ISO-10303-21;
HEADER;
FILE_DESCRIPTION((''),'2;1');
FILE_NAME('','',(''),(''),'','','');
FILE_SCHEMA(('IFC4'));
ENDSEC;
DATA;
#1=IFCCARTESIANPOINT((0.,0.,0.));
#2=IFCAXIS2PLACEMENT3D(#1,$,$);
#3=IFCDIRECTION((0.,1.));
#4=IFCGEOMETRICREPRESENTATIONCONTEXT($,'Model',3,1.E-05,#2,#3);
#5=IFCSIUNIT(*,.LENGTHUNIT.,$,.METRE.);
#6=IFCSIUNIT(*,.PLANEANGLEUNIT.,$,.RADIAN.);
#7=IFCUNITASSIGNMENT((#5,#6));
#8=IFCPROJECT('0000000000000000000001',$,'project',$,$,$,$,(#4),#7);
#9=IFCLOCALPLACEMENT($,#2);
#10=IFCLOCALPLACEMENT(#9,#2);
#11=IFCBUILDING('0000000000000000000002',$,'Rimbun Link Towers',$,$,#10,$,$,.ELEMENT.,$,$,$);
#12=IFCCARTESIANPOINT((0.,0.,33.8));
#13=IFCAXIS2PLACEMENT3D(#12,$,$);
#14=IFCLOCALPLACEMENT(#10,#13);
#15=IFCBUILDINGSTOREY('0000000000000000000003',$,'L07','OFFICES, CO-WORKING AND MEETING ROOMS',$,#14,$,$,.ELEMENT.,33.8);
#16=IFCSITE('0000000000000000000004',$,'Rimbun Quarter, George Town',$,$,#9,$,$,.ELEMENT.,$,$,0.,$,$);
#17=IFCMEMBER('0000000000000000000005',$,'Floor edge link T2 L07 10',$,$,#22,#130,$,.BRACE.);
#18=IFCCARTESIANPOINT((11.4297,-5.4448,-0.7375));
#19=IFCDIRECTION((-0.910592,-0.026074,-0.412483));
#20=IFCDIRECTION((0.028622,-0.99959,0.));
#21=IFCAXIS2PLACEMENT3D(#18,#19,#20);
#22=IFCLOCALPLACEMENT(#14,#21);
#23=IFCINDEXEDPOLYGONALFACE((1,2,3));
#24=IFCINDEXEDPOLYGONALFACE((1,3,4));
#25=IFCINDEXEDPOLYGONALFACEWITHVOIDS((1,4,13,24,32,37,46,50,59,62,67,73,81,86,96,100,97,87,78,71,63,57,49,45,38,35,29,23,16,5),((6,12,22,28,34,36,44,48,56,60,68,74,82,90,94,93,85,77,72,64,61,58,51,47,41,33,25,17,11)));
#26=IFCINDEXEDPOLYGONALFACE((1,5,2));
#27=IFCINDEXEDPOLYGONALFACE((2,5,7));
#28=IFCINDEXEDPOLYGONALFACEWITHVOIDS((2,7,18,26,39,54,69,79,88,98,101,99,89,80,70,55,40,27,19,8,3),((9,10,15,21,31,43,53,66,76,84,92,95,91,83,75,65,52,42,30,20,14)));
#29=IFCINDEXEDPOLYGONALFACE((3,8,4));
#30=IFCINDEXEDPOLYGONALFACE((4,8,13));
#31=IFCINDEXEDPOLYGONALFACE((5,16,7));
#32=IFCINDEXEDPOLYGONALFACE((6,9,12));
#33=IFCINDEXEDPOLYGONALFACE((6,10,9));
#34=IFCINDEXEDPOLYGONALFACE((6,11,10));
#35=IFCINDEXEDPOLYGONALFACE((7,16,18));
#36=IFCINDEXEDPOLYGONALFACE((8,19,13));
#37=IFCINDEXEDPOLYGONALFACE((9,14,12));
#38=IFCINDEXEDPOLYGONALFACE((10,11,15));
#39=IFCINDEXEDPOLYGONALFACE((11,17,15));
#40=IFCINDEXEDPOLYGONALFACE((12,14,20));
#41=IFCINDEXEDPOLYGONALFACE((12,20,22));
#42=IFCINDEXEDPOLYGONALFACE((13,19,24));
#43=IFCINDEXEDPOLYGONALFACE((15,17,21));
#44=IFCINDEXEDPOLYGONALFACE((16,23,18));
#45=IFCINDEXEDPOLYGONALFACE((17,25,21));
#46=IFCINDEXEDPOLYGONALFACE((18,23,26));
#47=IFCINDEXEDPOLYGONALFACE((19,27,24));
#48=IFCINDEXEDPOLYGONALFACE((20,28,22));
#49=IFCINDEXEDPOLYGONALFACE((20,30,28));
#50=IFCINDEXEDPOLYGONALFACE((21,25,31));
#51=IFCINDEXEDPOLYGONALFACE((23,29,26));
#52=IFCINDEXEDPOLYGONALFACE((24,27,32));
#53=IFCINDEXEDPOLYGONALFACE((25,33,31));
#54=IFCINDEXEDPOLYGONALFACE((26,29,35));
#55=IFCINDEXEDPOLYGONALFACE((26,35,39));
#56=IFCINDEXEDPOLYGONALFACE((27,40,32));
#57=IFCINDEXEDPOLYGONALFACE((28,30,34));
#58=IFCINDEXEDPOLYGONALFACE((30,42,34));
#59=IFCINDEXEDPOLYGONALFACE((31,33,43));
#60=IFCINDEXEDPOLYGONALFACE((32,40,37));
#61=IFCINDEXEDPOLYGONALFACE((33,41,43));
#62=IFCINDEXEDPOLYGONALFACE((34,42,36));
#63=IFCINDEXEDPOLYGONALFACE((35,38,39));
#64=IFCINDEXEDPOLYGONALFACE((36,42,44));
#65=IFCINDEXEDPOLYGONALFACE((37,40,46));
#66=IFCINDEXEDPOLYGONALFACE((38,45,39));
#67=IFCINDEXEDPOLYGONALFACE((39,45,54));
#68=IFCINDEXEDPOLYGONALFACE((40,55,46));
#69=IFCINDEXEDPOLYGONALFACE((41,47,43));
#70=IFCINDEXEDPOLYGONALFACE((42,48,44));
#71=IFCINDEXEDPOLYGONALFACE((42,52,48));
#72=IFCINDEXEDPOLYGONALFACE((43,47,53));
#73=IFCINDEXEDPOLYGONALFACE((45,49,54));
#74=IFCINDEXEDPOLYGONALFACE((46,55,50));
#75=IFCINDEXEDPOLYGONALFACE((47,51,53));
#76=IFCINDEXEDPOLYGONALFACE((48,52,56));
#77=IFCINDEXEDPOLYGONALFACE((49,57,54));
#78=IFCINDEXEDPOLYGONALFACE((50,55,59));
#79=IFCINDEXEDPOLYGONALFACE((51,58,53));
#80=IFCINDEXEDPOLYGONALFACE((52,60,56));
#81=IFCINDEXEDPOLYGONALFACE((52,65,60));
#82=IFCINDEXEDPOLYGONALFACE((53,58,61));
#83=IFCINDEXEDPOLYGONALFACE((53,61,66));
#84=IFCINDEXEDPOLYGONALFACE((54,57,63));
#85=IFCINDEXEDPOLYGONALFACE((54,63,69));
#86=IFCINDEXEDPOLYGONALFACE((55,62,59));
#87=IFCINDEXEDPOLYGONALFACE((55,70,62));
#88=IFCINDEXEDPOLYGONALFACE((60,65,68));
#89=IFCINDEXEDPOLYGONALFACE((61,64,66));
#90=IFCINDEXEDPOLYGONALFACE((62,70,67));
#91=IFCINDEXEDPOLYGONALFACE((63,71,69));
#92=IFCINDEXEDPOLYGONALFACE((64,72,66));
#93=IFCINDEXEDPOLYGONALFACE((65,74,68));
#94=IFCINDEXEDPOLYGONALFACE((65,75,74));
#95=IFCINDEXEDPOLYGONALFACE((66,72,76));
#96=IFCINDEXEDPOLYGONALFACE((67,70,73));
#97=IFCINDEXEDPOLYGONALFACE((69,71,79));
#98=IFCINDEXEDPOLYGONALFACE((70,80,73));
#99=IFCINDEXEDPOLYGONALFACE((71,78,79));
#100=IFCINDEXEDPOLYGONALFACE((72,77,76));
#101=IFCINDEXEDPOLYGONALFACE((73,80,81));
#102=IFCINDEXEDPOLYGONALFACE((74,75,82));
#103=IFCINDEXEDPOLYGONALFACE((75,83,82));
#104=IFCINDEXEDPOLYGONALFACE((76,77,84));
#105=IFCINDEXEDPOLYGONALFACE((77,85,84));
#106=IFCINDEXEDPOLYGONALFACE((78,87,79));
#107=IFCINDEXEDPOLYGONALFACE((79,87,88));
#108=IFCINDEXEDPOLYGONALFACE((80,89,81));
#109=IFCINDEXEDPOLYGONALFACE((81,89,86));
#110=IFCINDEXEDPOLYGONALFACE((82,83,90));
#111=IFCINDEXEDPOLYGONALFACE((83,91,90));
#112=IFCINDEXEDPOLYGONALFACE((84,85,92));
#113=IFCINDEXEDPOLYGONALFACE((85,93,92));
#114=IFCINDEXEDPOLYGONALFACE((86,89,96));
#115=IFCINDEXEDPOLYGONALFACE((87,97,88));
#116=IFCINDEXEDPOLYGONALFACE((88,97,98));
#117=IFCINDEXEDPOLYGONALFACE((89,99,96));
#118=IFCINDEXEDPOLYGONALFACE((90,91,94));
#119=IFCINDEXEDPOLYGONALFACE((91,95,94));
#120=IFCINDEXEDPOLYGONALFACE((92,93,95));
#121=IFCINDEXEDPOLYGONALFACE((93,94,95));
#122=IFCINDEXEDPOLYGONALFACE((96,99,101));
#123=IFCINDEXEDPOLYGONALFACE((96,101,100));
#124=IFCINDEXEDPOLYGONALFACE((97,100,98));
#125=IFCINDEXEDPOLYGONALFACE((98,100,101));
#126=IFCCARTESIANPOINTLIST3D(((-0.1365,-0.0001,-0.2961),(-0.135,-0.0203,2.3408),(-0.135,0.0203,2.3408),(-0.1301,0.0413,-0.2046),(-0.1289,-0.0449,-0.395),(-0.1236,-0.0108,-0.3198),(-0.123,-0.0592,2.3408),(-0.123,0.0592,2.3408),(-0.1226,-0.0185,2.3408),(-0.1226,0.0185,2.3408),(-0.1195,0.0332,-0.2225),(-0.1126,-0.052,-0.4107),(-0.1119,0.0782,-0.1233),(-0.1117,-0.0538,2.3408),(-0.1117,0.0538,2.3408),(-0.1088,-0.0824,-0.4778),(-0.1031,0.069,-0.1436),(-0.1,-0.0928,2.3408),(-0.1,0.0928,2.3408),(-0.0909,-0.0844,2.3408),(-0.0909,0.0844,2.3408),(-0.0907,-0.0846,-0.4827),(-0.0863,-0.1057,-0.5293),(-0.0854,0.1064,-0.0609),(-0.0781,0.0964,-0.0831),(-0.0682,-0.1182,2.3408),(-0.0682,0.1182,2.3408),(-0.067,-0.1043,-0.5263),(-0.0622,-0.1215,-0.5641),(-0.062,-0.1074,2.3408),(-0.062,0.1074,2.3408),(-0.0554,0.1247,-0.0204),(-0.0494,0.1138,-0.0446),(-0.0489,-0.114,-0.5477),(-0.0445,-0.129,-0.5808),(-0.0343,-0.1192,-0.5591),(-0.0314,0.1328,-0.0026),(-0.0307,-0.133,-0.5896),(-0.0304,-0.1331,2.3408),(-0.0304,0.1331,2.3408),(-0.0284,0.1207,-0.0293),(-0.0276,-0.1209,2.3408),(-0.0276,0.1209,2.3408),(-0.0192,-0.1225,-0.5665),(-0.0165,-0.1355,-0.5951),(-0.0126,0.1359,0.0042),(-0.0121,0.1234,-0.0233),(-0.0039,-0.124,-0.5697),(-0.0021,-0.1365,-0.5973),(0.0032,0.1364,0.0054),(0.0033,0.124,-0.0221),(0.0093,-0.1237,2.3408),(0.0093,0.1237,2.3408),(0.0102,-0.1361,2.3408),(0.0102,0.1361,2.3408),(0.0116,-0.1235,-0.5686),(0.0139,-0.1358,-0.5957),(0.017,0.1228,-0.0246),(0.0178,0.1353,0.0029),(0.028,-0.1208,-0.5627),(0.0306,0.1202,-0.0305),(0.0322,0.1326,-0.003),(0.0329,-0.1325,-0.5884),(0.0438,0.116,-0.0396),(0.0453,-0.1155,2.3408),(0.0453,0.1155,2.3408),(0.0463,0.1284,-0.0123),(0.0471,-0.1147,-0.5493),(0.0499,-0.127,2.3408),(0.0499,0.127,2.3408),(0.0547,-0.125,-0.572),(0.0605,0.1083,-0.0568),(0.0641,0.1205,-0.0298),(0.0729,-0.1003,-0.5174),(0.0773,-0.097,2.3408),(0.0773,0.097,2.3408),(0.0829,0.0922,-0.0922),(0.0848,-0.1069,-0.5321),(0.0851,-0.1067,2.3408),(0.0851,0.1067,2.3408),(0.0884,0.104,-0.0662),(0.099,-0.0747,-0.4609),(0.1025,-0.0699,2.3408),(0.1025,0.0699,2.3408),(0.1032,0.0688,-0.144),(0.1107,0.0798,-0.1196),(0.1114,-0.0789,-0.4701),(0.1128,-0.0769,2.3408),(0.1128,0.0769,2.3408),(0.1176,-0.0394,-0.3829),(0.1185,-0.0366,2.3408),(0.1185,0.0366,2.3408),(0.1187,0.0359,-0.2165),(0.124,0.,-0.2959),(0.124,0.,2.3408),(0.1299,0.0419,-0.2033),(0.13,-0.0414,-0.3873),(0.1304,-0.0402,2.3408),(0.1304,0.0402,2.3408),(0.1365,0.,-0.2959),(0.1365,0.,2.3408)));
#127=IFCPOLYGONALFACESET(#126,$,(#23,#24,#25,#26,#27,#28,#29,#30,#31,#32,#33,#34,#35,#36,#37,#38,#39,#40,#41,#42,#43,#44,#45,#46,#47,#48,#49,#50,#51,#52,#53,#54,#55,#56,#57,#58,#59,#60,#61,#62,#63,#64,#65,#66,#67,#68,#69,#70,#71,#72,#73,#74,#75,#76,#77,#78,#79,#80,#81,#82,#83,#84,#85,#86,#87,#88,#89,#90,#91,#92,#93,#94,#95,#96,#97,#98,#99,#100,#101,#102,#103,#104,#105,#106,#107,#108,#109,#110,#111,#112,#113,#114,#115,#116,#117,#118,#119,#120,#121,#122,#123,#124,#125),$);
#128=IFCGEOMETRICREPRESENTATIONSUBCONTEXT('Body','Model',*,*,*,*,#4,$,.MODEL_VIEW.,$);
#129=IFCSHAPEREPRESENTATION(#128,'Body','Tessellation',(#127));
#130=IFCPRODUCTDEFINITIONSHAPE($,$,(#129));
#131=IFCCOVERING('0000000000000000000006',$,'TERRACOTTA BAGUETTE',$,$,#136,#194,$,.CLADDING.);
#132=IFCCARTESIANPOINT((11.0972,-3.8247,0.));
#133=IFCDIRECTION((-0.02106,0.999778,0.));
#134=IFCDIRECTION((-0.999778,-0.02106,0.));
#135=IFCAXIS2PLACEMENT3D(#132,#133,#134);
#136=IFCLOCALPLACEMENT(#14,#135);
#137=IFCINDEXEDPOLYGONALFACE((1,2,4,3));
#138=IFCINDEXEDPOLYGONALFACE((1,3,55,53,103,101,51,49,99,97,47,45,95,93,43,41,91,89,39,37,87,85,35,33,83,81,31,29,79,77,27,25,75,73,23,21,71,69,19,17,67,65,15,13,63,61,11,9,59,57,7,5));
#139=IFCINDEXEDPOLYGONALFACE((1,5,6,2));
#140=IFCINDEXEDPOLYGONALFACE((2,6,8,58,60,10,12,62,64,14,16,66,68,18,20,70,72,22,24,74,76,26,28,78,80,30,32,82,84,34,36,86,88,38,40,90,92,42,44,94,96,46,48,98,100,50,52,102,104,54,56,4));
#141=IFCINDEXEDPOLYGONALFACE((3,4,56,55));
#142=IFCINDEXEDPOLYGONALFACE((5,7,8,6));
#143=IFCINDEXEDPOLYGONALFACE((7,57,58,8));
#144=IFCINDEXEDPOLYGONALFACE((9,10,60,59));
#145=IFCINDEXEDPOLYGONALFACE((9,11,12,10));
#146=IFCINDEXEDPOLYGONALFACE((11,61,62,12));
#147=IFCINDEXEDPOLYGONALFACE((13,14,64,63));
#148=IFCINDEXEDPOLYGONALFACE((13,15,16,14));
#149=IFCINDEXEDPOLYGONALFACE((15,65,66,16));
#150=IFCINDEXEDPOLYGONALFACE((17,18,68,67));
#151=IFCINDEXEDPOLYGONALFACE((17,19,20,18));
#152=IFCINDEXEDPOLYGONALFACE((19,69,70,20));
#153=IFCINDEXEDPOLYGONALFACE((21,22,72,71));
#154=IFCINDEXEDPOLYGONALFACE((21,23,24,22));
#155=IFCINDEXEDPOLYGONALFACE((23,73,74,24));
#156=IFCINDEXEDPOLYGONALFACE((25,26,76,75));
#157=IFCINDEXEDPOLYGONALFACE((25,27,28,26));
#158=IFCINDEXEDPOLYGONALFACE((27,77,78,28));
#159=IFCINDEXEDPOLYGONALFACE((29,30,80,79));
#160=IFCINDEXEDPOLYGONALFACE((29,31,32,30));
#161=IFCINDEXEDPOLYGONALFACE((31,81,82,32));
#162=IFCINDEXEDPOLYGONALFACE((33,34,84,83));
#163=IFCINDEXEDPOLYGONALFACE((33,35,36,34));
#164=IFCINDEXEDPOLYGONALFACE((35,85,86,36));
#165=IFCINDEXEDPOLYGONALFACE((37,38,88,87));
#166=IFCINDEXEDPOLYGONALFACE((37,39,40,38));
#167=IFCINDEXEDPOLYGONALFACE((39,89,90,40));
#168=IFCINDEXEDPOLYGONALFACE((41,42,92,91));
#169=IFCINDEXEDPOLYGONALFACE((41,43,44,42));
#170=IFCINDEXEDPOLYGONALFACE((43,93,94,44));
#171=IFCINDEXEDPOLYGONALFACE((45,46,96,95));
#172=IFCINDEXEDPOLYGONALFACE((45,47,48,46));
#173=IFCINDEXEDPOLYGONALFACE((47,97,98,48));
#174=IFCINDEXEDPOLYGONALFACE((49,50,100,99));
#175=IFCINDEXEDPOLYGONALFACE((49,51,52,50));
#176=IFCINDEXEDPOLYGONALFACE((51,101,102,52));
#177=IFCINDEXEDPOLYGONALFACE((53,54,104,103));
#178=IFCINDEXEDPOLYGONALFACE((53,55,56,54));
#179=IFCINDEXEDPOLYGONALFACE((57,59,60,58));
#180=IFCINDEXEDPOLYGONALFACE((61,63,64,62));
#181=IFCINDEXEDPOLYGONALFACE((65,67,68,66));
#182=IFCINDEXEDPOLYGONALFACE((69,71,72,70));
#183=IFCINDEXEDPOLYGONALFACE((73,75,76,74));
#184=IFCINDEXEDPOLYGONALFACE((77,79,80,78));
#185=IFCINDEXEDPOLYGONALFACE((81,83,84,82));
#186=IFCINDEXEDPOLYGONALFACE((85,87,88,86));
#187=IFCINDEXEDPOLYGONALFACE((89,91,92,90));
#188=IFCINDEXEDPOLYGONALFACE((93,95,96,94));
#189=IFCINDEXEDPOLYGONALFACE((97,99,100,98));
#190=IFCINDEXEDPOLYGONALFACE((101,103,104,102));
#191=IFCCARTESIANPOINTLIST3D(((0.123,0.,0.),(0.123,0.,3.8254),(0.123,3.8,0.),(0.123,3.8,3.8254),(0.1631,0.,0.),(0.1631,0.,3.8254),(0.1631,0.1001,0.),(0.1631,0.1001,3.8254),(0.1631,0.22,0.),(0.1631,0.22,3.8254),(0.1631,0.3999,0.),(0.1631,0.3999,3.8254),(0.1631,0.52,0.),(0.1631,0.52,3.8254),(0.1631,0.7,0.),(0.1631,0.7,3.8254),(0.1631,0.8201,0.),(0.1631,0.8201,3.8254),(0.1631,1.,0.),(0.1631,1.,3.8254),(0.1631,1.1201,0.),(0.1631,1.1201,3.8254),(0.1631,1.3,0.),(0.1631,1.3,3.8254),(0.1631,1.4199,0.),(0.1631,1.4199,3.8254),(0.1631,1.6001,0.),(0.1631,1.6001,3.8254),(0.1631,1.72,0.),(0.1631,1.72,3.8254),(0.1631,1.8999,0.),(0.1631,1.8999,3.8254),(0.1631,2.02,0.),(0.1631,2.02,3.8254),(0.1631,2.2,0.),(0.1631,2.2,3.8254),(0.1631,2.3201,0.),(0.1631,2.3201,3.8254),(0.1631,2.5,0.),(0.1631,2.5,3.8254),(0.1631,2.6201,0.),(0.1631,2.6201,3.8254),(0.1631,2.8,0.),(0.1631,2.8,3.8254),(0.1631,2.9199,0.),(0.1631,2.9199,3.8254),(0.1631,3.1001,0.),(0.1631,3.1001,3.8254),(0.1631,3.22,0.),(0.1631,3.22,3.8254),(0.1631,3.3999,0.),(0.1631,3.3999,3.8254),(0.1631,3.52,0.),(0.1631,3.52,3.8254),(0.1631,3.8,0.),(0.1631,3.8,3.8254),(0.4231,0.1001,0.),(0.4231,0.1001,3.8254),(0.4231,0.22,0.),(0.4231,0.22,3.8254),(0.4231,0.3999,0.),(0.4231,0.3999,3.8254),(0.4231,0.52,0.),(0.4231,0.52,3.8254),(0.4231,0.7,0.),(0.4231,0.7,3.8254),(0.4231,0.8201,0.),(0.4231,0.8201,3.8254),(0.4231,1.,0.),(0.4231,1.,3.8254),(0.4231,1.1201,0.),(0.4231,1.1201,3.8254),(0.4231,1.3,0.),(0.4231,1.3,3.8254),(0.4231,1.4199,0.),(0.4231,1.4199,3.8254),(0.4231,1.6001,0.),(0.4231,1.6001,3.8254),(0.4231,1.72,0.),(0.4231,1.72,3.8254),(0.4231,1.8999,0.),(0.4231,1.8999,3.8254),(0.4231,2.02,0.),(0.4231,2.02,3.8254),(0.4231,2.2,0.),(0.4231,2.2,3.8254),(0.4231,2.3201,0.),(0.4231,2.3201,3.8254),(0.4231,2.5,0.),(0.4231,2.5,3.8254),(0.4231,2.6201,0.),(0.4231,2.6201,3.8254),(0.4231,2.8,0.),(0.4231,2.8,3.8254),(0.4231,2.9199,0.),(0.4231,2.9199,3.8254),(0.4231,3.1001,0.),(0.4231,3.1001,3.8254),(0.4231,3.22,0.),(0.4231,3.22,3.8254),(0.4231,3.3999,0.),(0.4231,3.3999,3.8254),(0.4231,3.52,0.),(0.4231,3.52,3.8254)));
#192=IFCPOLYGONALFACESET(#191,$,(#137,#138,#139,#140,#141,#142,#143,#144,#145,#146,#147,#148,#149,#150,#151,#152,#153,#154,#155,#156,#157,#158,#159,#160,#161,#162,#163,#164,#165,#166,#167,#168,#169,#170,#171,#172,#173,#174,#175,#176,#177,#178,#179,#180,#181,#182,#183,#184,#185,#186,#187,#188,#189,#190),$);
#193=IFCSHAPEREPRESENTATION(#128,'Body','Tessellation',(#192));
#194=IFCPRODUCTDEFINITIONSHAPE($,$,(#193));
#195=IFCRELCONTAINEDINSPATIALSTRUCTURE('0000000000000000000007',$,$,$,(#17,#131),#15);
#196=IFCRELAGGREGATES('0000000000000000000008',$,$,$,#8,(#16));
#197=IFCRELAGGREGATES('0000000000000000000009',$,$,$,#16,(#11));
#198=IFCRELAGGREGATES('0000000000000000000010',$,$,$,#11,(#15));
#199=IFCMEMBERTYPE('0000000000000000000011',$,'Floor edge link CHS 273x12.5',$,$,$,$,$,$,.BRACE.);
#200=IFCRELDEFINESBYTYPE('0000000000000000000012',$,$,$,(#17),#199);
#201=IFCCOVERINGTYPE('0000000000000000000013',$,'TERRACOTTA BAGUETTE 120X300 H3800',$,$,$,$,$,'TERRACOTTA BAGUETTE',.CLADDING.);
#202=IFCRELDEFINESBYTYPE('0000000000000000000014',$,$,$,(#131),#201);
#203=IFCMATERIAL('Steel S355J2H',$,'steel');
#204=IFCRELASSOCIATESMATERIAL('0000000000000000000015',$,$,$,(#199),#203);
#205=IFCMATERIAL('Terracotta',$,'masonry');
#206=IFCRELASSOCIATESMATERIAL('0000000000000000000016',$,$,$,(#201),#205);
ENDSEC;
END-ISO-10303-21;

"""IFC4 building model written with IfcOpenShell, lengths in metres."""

from ifc_helpers import new_model, si_unit, direction, frame, origin, origin_2d, place, context, subcontext, project, spatial, polyline, hollow_circle, outline, extrude, clip, halfspace, material, material_profile, profile_set, type_object, element, save


model = new_model("IFC4")

# Units and contexts
model_context = context("Model", 3, precision=1e-05, world=origin(), true_north=direction((0.0, 1.0)))
body_context = subcontext(model_context, "Body", "Model", "MODEL_VIEW")
ifc_project = project(units=[si_unit("LENGTHUNIT", "METRE"), si_unit("PLANEANGLEUNIT", "RADIAN")], contexts=[model_context])

# Site, building, storey
site_placement = place(None, origin())
site = spatial("IfcSite", under=ifc_project, at=site_placement, Name="Rimbun Quarter, George Town", CompositionType="ELEMENT", RefElevation=0.0)
building_placement = place(site_placement, origin())
building = spatial("IfcBuilding", under=site, at=building_placement, Name="Rimbun Link Towers", CompositionType="ELEMENT")
storey_placement = place(building_placement, frame((0.0, 0.0, 33.8)))
storey = spatial("IfcBuildingStorey", under=building, at=storey_placement, Name="L07", Description="OFFICES, CO-WORKING AND MEETING ROOMS", CompositionType="ELEMENT", Elevation=33.8)

# Member
ifc_material_1 = material(Name="Steel S355J2H", Category="steel")
ifc_material_profile_1 = material_profile(ifc_material_1, hollow_circle(Radius=0.1365, WallThickness=0.0125, at=origin_2d()), Name="CHS 273x12.5")
ifc_profile_set_1 = profile_set([ifc_material_profile_1], Name="Steel S355J2H")
member_type_1 = type_object("IfcMemberType", Name="Floor edge link CHS 273x12.5", PredefinedType="BRACE", material=ifc_profile_set_1)
member_1_placement = place(storey_placement, frame((11.4297, -5.4448, -0.7375), z_axis=(-0.910592, -0.026074, -0.412483), x_axis=(0.028622, -0.99959, 0.0)))
element("IfcMember", 1, at=member_1_placement, inside=storey, type_object=member_type_1, Name="Floor edge link T2 L07 10", PredefinedType="BRACE", context=body_context, shape_type="Clipping", body=[
    clip(extrude(hollow_circle(Radius=0.1365, WallThickness=0.0125, at=origin_2d()), frame((0.0, 0.0, -0.6272)), (0.0, 0.0, 1.0), 2.968), halfspace(frame((0.0, 0.0, -0.2959), z_axis=(0.0, 0.910965, -0.412483)), False)),
])

# Covering
ifc_material_2 = material(Name="Terracotta", Category="masonry")
ifc_material_profile_2 = material_profile(ifc_material_2, outline(polyline([(0.123, 0.0), (0.1631, 0.0), (0.1631, 0.1001), (0.4231, 0.1001), (0.4231, 0.22), (0.1631, 0.22), (0.1631, 0.3999), (0.4231, 0.3999), (0.4231, 0.52), (0.1631, 0.52), (0.1631, 0.7), (0.4231, 0.7), (0.4231, 0.8201), (0.1631, 0.8201), (0.1631, 1.0), (0.4231, 1.0), (0.4231, 1.1201), (0.1631, 1.1201), (0.1631, 1.3), (0.4231, 1.3), (0.4231, 1.4199), (0.1631, 1.4199), (0.1631, 1.6001), (0.4231, 1.6001), (0.4231, 1.72), (0.1631, 1.72), (0.1631, 1.8999), (0.4231, 1.8999), (0.4231, 2.02), (0.1631, 2.02), (0.1631, 2.2), (0.4231, 2.2), (0.4231, 2.3201), (0.1631, 2.3201), (0.1631, 2.5), (0.4231, 2.5), (0.4231, 2.6201), (0.1631, 2.6201), (0.1631, 2.8), (0.4231, 2.8), (0.4231, 2.9199), (0.1631, 2.9199), (0.1631, 3.1001), (0.4231, 3.1001), (0.4231, 3.22), (0.1631, 3.22), (0.1631, 3.3999), (0.4231, 3.3999), (0.4231, 3.52), (0.1631, 3.52), (0.1631, 3.8), (0.123, 3.8), (0.123, 0.0)])), Name="BAGUETTE 120X300")
ifc_profile_set_2 = profile_set([ifc_material_profile_2], Name="Terracotta")
covering_type_1 = type_object("IfcCoveringType", Name="TERRACOTTA BAGUETTE 120X300 H3800", ElementType="TERRACOTTA BAGUETTE", PredefinedType="CLADDING", material=ifc_profile_set_2)
covering_1_placement = place(storey_placement, frame((11.0972, -3.8247, 0.0), z_axis=(-0.02106, 0.999778, 0.0), x_axis=(-0.999778, -0.02106, 0.0)))
element("IfcCovering", 2, at=covering_1_placement, inside=storey, type_object=covering_type_1, Name="TERRACOTTA BAGUETTE", PredefinedType="CLADDING", context=body_context, shape_type="SweptSolid", body=[
    extrude(outline(polyline([(0.123, 0.0), (0.1631, 0.0), (0.1631, 0.1001), (0.4231, 0.1001), (0.4231, 0.22), (0.1631, 0.22), (0.1631, 0.3999), (0.4231, 0.3999), (0.4231, 0.52), (0.1631, 0.52), (0.1631, 0.7), (0.4231, 0.7), (0.4231, 0.8201), (0.1631, 0.8201), (0.1631, 1.0), (0.4231, 1.0), (0.4231, 1.1201), (0.1631, 1.1201), (0.1631, 1.3), (0.4231, 1.3), (0.4231, 1.4199), (0.1631, 1.4199), (0.1631, 1.6001), (0.4231, 1.6001), (0.4231, 1.72), (0.1631, 1.72), (0.1631, 1.8999), (0.4231, 1.8999), (0.4231, 2.02), (0.1631, 2.02), (0.1631, 2.2), (0.4231, 2.2), (0.4231, 2.3201), (0.1631, 2.3201), (0.1631, 2.5), (0.4231, 2.5), (0.4231, 2.6201), (0.1631, 2.6201), (0.1631, 2.8), (0.4231, 2.8), (0.4231, 2.9199), (0.1631, 2.9199), (0.1631, 3.1001), (0.4231, 3.1001), (0.4231, 3.22), (0.1631, 3.22), (0.1631, 3.3999), (0.4231, 3.3999), (0.4231, 3.52), (0.1631, 3.52), (0.1631, 3.8), (0.123, 3.8), (0.123, 0.0)])), origin(), (0.0, 0.0, 1.0), 3.8254),
])

save(model, "model.ifc")
